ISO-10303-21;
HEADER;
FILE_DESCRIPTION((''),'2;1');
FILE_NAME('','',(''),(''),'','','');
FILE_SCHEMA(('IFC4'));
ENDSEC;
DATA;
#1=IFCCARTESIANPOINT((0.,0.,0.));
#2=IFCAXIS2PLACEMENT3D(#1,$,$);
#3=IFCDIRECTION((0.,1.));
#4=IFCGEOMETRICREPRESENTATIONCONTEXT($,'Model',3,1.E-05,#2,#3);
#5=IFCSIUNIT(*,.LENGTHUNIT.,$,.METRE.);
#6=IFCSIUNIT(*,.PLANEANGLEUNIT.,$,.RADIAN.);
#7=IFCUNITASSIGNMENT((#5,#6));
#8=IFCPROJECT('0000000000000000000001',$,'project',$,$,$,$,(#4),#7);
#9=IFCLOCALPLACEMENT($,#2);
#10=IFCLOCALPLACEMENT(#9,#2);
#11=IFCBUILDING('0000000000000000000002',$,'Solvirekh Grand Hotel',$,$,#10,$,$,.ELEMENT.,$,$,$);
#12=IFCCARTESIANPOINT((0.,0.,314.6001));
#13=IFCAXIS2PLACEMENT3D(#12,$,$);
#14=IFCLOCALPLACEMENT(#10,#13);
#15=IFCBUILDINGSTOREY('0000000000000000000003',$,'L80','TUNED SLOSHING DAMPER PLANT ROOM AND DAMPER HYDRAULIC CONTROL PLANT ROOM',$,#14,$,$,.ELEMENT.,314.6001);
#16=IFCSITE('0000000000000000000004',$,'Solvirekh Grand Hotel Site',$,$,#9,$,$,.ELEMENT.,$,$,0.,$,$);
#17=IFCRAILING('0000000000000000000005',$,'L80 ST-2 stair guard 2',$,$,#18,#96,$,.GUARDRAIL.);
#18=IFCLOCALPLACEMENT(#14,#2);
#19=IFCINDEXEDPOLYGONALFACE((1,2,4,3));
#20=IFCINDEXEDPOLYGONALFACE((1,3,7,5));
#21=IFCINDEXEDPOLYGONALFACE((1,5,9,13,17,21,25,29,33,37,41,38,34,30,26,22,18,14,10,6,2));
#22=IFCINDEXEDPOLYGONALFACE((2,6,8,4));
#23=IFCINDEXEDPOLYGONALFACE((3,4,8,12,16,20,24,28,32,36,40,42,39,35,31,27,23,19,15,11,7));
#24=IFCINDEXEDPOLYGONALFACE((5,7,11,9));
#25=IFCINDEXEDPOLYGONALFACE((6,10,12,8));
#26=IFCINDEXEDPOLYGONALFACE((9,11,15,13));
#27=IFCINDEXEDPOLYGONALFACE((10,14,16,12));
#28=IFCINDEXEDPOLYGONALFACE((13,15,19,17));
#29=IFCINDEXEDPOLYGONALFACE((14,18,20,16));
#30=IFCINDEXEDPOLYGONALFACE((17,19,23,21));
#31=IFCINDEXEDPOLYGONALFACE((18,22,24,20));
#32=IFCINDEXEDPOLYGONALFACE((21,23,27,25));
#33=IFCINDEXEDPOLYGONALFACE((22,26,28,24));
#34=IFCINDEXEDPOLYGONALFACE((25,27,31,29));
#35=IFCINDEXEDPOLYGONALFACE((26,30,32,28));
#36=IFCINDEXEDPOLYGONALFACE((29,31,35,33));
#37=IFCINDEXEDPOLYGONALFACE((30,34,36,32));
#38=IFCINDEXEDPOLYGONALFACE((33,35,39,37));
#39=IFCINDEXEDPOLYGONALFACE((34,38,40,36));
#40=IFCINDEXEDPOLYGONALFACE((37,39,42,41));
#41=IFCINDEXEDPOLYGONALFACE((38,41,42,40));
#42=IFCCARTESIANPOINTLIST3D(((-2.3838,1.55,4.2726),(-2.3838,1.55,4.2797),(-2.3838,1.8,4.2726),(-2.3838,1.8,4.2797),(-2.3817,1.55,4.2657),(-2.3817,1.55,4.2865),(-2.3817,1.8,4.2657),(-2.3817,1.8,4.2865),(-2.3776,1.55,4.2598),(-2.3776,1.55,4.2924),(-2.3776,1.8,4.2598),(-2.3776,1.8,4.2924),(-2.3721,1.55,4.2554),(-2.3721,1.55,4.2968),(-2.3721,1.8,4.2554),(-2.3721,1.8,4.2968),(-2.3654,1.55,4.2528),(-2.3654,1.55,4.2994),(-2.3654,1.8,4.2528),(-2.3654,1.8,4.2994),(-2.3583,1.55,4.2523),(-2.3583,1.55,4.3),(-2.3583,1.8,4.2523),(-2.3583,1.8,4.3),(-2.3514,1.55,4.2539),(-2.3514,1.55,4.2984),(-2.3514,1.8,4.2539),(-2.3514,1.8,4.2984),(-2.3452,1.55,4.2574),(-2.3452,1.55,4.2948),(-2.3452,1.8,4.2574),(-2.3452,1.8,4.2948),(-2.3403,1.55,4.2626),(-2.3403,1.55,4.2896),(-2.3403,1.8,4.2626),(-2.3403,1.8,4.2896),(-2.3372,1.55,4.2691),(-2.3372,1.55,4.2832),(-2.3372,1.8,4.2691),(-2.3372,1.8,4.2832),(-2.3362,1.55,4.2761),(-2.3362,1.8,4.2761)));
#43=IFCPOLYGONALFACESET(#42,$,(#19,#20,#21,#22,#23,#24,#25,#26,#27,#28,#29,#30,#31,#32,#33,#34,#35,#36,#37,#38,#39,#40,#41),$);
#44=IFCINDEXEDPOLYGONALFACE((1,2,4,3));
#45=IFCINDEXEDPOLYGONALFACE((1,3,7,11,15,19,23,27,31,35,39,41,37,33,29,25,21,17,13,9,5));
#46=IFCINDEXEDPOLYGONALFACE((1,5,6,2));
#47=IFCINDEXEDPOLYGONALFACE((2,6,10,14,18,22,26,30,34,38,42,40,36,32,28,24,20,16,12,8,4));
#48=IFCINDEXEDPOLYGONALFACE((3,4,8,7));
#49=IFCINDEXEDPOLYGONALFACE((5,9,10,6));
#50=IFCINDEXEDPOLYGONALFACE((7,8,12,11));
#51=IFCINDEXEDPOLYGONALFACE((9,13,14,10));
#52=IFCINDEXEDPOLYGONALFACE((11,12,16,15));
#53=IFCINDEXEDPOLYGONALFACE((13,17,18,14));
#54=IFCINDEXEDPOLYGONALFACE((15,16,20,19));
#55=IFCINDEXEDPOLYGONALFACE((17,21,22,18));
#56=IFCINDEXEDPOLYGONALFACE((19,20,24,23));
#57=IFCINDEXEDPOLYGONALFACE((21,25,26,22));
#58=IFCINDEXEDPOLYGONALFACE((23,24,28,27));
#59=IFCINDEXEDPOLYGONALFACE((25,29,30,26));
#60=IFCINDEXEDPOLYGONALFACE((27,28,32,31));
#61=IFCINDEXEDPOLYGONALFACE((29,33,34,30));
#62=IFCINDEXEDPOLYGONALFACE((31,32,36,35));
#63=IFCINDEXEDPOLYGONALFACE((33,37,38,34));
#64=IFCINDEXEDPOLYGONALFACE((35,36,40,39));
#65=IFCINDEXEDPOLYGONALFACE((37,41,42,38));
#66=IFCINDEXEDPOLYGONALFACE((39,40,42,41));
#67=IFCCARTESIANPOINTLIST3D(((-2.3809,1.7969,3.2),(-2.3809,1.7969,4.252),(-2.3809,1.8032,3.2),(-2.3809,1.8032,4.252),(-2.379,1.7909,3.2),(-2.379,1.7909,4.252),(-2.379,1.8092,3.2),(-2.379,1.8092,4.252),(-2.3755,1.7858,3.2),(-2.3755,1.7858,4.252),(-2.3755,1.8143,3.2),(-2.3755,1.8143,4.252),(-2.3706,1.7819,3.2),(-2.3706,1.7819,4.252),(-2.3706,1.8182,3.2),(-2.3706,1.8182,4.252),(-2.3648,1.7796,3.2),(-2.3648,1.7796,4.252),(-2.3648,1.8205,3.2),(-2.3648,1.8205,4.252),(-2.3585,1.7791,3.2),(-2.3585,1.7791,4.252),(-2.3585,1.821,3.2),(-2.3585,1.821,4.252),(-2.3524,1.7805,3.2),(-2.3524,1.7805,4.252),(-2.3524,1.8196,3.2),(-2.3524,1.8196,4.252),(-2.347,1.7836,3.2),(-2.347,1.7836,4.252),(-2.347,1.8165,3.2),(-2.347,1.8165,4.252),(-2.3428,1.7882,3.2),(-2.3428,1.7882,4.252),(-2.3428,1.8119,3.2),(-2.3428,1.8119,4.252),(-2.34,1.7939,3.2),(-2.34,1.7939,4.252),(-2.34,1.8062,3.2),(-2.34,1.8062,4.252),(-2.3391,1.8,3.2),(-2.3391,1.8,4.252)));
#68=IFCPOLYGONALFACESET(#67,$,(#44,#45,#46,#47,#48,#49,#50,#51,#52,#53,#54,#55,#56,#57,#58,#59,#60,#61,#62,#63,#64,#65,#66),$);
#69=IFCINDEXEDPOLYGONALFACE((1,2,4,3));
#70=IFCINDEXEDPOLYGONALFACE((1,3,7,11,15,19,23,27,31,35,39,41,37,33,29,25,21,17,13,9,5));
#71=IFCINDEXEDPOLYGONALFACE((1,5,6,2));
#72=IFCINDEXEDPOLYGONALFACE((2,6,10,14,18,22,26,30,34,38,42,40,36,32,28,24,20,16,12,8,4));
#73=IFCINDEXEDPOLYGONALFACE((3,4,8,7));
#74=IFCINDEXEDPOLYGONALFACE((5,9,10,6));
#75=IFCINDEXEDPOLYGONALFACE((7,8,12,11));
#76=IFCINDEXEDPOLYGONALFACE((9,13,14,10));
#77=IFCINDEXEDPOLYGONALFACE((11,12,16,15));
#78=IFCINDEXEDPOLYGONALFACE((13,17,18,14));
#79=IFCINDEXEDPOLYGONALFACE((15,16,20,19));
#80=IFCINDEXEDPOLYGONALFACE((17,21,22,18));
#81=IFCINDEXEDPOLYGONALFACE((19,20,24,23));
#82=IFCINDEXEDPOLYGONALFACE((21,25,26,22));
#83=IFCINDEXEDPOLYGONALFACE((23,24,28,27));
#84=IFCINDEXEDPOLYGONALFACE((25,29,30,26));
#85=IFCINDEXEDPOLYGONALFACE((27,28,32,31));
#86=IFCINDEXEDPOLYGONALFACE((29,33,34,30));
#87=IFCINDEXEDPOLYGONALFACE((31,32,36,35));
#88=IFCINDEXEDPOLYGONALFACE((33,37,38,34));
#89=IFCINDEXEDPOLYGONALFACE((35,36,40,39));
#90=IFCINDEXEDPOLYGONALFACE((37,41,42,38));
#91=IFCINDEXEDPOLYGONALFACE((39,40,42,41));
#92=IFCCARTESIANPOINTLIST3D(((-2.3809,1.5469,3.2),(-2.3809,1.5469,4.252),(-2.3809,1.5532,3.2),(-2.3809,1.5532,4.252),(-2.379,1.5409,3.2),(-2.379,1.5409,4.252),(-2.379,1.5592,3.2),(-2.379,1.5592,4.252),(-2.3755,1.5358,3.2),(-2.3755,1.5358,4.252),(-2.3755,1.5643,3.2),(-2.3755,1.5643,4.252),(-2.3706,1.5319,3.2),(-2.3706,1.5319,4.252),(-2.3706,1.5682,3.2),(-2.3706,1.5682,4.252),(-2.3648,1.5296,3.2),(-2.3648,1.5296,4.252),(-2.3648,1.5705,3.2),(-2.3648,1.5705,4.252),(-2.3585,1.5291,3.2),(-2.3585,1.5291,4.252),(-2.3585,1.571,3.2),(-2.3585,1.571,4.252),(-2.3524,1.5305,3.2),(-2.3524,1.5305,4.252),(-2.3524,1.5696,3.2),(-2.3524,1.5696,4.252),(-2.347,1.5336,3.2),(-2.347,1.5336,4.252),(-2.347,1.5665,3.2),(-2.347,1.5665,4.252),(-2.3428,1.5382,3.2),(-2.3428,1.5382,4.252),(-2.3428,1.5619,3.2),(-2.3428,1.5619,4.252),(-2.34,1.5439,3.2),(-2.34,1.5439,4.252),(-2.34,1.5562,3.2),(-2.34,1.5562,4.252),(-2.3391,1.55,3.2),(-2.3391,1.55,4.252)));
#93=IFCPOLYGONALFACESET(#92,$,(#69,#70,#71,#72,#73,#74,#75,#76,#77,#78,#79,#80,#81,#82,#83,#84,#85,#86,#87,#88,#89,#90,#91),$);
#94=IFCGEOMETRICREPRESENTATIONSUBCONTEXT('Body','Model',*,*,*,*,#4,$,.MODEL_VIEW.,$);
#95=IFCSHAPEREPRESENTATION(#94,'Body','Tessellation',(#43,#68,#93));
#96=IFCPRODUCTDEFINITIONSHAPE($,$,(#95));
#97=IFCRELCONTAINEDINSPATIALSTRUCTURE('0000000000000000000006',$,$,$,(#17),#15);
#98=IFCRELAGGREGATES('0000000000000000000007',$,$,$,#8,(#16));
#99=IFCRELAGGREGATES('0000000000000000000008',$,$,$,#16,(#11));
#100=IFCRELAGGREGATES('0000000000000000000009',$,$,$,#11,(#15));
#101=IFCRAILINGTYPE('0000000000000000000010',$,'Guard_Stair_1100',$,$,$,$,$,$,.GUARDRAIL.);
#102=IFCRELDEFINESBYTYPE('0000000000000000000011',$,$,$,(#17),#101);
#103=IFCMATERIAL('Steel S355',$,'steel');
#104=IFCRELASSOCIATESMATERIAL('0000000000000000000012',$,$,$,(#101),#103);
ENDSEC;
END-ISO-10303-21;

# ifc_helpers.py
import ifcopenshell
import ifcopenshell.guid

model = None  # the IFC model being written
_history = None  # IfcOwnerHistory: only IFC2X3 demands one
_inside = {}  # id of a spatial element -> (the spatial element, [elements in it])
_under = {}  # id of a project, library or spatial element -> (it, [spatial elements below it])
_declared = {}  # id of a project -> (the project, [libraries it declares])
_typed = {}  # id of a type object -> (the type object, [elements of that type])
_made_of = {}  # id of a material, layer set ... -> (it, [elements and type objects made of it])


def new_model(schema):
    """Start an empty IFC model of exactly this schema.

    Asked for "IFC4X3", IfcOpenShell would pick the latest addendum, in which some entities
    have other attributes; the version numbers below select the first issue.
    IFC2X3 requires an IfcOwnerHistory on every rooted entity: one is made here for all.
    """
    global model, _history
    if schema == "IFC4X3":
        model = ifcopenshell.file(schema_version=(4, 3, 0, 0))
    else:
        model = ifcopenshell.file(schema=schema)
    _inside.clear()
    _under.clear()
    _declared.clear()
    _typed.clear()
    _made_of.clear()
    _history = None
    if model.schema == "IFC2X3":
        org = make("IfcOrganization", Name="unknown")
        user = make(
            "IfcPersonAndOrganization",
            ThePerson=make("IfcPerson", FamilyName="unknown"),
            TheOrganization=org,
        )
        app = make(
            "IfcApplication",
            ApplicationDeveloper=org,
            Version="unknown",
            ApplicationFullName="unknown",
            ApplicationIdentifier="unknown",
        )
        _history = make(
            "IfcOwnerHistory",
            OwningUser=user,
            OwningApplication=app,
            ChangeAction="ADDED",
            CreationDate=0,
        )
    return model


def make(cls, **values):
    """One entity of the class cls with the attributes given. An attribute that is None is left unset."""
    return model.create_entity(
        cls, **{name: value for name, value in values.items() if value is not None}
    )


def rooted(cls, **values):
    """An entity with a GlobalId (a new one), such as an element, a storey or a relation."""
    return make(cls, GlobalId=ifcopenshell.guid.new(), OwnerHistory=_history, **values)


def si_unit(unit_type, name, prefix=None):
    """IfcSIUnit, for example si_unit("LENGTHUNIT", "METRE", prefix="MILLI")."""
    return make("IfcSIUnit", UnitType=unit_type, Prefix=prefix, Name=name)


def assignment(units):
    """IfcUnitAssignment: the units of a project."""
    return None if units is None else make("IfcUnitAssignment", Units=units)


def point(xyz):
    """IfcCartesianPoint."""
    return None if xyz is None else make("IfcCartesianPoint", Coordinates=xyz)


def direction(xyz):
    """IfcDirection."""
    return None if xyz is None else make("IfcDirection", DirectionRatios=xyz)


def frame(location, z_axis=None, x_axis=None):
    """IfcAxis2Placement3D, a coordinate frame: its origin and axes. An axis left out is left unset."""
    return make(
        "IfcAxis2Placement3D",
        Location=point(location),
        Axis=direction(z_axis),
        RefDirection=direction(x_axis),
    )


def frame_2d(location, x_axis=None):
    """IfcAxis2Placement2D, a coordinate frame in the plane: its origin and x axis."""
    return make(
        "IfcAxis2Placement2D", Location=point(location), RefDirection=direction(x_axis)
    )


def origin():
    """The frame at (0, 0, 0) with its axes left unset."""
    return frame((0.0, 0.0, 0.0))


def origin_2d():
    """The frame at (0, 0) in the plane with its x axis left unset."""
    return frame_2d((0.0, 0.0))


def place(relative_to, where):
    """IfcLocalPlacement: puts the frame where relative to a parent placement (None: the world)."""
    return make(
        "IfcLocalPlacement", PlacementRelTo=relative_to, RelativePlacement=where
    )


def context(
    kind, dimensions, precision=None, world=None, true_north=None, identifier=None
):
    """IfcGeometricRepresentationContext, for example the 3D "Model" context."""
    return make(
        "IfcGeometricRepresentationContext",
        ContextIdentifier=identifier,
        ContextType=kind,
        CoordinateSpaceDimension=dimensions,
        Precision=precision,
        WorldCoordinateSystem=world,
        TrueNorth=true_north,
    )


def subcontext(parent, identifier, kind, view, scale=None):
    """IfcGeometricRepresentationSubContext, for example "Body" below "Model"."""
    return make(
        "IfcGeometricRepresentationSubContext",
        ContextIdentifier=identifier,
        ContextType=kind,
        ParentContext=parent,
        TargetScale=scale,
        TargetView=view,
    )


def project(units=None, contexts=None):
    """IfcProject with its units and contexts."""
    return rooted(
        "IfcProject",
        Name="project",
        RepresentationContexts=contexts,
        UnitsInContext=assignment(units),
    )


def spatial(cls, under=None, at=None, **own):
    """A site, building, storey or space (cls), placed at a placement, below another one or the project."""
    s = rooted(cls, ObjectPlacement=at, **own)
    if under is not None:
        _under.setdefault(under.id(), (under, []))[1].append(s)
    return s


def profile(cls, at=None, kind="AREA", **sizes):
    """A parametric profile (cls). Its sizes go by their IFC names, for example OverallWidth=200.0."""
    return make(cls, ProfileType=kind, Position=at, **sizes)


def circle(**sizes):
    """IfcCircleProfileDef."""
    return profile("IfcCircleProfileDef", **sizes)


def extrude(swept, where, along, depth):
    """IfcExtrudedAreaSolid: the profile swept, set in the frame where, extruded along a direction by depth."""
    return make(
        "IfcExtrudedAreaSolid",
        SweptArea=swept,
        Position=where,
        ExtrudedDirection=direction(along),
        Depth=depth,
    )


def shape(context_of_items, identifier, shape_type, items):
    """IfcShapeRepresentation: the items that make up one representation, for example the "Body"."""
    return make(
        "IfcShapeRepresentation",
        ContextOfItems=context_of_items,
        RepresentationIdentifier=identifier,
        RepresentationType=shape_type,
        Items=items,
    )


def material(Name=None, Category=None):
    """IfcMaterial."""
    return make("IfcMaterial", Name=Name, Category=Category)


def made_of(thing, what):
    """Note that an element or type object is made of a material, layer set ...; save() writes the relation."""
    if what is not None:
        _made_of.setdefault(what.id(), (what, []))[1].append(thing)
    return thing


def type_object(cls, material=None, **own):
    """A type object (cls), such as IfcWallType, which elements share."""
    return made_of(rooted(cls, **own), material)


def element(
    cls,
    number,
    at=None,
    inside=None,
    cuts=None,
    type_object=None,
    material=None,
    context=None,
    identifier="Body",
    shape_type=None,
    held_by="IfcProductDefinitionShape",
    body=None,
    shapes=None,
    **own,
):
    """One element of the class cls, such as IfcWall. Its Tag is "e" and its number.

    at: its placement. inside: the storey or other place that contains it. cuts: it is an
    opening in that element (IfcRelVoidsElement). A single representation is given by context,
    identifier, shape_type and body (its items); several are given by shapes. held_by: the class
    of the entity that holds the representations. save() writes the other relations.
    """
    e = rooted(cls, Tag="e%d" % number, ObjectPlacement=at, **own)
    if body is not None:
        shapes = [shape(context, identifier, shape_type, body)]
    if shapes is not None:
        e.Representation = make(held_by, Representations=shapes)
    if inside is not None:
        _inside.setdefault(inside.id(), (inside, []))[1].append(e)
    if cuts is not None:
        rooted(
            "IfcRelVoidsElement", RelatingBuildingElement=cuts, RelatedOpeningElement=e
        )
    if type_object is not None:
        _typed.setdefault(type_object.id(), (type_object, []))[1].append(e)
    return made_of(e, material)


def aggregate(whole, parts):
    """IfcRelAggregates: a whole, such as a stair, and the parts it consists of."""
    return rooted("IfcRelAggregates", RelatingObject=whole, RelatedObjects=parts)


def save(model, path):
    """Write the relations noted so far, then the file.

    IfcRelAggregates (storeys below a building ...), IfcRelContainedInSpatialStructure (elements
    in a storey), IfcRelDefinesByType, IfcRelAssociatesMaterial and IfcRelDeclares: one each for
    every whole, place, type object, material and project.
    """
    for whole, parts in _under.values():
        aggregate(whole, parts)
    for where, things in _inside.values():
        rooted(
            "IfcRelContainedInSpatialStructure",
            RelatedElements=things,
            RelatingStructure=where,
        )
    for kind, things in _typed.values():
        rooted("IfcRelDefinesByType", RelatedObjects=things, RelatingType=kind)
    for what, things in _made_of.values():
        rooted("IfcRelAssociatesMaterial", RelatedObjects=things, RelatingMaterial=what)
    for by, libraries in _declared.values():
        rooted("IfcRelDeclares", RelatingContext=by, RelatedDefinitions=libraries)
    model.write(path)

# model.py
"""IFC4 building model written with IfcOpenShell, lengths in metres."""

from ifc_helpers import new_model, si_unit, direction, frame, origin, origin_2d, place, context, subcontext, project, spatial, circle, extrude, material, type_object, element, save


model = new_model("IFC4")

# Units and contexts
model_context = context("Model", 3, precision=1e-05, world=origin(), true_north=direction((0.0, 1.0)))
body_context = subcontext(model_context, "Body", "Model", "MODEL_VIEW")
ifc_project = project(units=[si_unit("LENGTHUNIT", "METRE"), si_unit("PLANEANGLEUNIT", "RADIAN")], contexts=[model_context])

# Site, building, storey
site_placement = place(None, origin())
site = spatial("IfcSite", under=ifc_project, at=site_placement, Name="Solvirekh Grand Hotel Site", CompositionType="ELEMENT", RefElevation=0.0)
building_placement = place(site_placement, origin())
building = spatial("IfcBuilding", under=site, at=building_placement, Name="Solvirekh Grand Hotel", CompositionType="ELEMENT")
storey_placement = place(building_placement, frame((0.0, 0.0, 314.6001)))
storey = spatial("IfcBuildingStorey", under=building, at=storey_placement, Name="L80", Description="TUNED SLOSHING DAMPER PLANT ROOM AND DAMPER HYDRAULIC CONTROL PLANT ROOM", CompositionType="ELEMENT", Elevation=314.6001)

# Shared definitions
ifc_material_1 = material(Name="Steel S355", Category="steel")

# Railing
railing_type_1 = type_object("IfcRailingType", Name="Guard_Stair_1100", PredefinedType="GUARDRAIL", material=ifc_material_1)
railing_1_placement = place(storey_placement, frame((-2.3601, 1.8, 3.2)))
element("IfcRailing", 1, at=railing_1_placement, inside=storey, type_object=railing_type_1, Name="L80 ST-2 stair guard 2", PredefinedType="GUARDRAIL", context=body_context, shape_type="SweptSolid", body=[
    extrude(circle(Radius=0.0239, at=origin_2d()), frame((0.0, 0.0, 1.0762), z_axis=(0.0, -1.0, 0.0), x_axis=(1.0, 0.0, 0.0)), (0.0, 0.0, 1.0), 0.25),
    extrude(circle(Radius=0.021, at=origin_2d()), origin(), (0.0, 0.0, 1.0), 1.052),
    extrude(circle(Radius=0.021, at=origin_2d()), frame((0.0, -0.25, 0.0)), (0.0, 0.0, 1.0), 1.052),
])

save(model, "model.ifc")
